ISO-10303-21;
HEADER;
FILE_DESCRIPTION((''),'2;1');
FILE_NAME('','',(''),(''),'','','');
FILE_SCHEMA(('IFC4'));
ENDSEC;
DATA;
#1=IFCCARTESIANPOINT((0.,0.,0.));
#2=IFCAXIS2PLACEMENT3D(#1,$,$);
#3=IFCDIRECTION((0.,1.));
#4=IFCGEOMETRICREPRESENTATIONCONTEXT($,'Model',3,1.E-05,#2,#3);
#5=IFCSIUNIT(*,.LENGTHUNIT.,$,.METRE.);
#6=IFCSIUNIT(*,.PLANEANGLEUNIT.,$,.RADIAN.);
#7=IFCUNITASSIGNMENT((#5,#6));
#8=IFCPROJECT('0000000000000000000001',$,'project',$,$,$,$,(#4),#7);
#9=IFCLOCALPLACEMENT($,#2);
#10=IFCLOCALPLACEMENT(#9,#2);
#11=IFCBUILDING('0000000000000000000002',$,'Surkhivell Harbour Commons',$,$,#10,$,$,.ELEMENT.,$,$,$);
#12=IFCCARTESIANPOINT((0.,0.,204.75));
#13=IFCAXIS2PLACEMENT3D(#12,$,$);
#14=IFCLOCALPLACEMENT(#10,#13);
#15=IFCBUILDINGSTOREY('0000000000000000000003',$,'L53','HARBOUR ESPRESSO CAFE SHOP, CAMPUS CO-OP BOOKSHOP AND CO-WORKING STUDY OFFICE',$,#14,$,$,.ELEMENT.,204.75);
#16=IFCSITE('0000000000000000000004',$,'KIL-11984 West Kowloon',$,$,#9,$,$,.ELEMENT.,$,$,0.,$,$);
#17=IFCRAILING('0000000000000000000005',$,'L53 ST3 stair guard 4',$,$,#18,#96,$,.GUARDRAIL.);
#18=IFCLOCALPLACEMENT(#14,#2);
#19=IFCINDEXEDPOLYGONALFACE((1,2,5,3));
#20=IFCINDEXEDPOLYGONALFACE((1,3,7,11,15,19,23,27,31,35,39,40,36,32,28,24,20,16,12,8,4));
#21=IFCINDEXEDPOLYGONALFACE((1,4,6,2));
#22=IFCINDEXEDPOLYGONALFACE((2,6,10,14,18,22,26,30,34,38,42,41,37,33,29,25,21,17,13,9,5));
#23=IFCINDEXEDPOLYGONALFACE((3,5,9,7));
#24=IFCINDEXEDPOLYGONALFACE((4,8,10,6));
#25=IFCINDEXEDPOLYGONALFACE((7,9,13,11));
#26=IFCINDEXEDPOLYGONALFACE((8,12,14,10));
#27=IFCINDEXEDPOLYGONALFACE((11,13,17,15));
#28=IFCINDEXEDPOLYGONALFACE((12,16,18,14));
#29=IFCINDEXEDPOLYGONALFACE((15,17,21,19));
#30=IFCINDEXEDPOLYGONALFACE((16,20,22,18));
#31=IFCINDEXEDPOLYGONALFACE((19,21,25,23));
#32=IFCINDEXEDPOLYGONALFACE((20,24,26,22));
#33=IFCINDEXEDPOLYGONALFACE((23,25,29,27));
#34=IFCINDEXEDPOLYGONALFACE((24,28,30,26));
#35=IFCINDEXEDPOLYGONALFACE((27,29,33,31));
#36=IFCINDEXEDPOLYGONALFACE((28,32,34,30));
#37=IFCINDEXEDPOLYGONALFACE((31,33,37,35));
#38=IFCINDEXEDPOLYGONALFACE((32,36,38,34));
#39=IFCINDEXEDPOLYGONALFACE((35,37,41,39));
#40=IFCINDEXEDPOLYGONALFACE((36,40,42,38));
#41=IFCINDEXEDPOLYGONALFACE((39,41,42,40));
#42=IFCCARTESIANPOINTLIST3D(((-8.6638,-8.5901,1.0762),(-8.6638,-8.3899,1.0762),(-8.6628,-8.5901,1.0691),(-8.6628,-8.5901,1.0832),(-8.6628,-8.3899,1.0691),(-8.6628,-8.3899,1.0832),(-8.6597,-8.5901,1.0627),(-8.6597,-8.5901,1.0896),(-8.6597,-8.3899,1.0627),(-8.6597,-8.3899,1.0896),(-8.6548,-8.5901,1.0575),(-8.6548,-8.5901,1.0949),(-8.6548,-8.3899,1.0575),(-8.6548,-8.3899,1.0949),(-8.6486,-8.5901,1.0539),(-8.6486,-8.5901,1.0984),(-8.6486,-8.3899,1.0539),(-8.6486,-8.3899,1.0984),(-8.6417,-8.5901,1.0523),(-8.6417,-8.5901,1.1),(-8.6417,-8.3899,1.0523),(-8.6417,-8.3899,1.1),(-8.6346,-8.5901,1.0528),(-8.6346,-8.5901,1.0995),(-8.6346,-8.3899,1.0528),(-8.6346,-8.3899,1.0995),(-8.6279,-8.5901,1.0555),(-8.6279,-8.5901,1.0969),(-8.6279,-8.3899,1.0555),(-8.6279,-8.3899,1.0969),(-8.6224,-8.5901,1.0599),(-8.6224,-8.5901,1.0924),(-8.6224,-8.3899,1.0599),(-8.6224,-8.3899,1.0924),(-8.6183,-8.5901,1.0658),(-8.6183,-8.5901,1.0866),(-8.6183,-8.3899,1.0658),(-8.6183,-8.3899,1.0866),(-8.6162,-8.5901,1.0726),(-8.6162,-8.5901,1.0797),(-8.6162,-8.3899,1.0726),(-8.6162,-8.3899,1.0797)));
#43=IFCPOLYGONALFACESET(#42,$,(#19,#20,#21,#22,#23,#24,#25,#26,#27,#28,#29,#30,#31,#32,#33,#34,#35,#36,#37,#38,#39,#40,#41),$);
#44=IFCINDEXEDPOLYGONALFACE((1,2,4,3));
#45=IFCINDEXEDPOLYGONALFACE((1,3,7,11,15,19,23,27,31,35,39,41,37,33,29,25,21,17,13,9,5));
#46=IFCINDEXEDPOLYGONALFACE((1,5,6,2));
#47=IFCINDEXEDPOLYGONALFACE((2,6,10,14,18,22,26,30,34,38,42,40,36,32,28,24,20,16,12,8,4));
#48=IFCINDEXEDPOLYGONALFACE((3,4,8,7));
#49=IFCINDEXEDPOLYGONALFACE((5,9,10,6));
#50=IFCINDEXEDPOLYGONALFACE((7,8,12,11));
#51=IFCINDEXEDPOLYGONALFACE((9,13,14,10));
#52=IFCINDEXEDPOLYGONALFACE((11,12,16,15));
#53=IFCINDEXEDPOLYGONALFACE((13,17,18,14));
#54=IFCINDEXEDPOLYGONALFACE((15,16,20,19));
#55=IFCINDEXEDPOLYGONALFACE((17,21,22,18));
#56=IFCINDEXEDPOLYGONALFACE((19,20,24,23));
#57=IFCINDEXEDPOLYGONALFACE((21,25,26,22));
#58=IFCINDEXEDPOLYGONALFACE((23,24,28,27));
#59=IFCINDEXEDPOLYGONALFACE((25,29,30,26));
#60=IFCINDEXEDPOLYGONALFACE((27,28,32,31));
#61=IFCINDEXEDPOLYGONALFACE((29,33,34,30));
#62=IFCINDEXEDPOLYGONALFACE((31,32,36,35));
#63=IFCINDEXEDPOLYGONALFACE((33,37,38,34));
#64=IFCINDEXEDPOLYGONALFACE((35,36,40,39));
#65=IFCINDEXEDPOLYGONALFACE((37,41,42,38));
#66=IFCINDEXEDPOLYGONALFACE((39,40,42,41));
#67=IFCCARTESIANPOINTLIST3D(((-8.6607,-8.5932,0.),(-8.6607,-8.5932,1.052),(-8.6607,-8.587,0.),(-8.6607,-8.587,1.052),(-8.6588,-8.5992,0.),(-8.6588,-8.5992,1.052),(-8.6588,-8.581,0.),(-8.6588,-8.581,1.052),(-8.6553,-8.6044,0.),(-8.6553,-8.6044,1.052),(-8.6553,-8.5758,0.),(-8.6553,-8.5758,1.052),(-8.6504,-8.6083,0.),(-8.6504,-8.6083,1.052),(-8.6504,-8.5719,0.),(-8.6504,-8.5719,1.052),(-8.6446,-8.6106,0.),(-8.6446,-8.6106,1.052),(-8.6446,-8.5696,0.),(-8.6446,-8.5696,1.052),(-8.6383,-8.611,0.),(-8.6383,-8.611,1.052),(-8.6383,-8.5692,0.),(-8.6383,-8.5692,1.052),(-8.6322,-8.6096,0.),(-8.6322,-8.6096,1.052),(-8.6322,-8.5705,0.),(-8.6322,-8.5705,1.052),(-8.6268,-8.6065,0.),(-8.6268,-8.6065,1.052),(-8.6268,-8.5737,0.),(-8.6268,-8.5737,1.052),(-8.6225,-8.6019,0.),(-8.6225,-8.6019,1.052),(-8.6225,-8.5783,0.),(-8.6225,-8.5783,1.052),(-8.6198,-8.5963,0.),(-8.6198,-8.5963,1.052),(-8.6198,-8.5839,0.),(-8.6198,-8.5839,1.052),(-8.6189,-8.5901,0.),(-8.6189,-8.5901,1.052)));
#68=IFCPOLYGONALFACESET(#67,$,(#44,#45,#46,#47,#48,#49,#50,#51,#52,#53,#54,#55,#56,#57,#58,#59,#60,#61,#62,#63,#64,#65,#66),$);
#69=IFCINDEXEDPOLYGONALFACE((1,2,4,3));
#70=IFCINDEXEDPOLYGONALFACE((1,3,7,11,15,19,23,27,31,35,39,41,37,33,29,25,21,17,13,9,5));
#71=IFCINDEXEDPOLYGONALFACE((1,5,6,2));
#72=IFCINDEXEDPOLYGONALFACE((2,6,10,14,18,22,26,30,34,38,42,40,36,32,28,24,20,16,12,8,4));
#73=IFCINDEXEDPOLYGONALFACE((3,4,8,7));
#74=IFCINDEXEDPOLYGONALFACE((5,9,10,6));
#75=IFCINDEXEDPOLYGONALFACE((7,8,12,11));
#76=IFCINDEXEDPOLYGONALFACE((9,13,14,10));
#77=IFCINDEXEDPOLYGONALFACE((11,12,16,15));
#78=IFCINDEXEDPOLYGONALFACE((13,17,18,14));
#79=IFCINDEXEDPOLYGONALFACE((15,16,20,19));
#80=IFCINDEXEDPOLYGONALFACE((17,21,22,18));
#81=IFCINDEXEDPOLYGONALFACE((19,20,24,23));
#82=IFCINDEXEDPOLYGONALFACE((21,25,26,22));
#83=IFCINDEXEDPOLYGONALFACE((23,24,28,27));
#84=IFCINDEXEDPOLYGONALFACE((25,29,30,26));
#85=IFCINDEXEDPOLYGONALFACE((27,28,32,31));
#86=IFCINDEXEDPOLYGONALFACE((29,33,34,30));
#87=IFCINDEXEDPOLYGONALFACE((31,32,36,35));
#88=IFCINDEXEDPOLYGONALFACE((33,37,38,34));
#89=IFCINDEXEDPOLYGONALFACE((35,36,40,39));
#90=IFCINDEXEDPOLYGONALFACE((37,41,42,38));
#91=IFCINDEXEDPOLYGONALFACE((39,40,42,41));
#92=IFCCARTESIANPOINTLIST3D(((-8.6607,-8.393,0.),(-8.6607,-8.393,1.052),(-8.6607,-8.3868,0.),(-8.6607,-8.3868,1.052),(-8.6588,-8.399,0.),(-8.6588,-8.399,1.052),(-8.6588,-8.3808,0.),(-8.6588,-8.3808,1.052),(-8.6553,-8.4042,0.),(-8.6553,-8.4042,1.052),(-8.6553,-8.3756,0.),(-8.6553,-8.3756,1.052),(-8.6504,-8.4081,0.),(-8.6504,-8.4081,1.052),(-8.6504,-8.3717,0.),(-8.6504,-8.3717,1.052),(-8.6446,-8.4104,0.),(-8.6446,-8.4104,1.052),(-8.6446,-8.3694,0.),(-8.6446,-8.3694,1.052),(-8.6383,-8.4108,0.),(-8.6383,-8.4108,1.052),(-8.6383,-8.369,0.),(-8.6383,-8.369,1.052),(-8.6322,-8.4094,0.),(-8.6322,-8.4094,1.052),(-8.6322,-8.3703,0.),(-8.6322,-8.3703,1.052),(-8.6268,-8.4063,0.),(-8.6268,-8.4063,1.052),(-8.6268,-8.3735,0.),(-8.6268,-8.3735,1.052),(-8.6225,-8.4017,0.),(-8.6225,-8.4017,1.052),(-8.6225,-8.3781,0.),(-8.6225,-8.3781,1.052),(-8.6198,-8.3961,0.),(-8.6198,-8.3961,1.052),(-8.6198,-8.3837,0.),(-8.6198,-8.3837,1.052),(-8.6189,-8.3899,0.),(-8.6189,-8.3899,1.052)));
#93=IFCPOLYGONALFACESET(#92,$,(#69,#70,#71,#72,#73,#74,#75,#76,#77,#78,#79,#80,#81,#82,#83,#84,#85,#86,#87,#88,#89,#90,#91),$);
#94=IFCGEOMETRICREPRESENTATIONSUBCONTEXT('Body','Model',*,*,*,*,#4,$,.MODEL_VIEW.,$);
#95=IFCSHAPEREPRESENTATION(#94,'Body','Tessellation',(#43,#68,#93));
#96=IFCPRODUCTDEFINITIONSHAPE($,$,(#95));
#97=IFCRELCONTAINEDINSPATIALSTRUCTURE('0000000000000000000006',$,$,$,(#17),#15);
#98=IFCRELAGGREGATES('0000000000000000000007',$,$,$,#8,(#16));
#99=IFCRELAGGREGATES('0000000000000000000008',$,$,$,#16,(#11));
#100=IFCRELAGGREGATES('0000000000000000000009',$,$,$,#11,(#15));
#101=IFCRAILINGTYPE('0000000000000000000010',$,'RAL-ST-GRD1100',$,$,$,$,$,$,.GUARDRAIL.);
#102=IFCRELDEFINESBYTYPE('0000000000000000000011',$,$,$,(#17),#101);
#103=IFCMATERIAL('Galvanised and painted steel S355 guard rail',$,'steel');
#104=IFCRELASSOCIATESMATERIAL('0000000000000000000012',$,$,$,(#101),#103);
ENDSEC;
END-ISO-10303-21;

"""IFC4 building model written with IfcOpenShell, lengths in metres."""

from ifc_helpers import new_model, si_unit, direction, frame, origin, origin_2d, place, context, subcontext, project, spatial, circle, extrude, material, type_object, element, save


model = new_model("IFC4")

# Units and contexts
model_context = context("Model", 3, precision=1e-05, world=origin(), true_north=direction((0.0, 1.0)))
body_context = subcontext(model_context, "Body", "Model", "MODEL_VIEW")
ifc_project = project(units=[si_unit("LENGTHUNIT", "METRE"), si_unit("PLANEANGLEUNIT", "RADIAN")], contexts=[model_context])

# Site, building, storey
site_placement = place(None, origin())
site = spatial("IfcSite", under=ifc_project, at=site_placement, Name="KIL-11984 West Kowloon", CompositionType="ELEMENT", RefElevation=0.0)
building_placement = place(site_placement, origin())
building = spatial("IfcBuilding", under=site, at=building_placement, Name="Surkhivell Harbour Commons", CompositionType="ELEMENT")
storey_placement = place(building_placement, frame((0.0, 0.0, 204.75)))
storey = spatial("IfcBuildingStorey", under=building, at=storey_placement, Name="L53", Description="HARBOUR ESPRESSO CAFE SHOP, CAMPUS CO-OP BOOKSHOP AND CO-WORKING STUDY OFFICE", CompositionType="ELEMENT", Elevation=204.75)

# Railing
ifc_material_1 = material(Name="Galvanised and painted steel S355 guard rail", Category="steel")
railing_type_1 = type_object("IfcRailingType", Name="RAL-ST-GRD1100", PredefinedType="GUARDRAIL", material=ifc_material_1)
railing_1_placement = place(storey_placement, frame((-8.6399, -8.5901, 0.0)))
element("IfcRailing", 1, at=railing_1_placement, inside=storey, type_object=railing_type_1, Name="L53 ST3 stair guard 4", PredefinedType="GUARDRAIL", context=body_context, shape_type="SweptSolid", body=[
    extrude(circle(Radius=0.0239, at=origin_2d()), frame((0.0, 0.0, 1.0762), z_axis=(0.0, 1.0, 0.0), x_axis=(-1.0, 0.0, 0.0)), (0.0, 0.0, 1.0), 0.2002),
    extrude(circle(Radius=0.021, at=origin_2d()), origin(), (0.0, 0.0, 1.0), 1.052),
    extrude(circle(Radius=0.021, at=origin_2d()), frame((0.0, 0.2002, 0.0)), (0.0, 0.0, 1.0), 1.052),
])

save(model, "model.ifc")
